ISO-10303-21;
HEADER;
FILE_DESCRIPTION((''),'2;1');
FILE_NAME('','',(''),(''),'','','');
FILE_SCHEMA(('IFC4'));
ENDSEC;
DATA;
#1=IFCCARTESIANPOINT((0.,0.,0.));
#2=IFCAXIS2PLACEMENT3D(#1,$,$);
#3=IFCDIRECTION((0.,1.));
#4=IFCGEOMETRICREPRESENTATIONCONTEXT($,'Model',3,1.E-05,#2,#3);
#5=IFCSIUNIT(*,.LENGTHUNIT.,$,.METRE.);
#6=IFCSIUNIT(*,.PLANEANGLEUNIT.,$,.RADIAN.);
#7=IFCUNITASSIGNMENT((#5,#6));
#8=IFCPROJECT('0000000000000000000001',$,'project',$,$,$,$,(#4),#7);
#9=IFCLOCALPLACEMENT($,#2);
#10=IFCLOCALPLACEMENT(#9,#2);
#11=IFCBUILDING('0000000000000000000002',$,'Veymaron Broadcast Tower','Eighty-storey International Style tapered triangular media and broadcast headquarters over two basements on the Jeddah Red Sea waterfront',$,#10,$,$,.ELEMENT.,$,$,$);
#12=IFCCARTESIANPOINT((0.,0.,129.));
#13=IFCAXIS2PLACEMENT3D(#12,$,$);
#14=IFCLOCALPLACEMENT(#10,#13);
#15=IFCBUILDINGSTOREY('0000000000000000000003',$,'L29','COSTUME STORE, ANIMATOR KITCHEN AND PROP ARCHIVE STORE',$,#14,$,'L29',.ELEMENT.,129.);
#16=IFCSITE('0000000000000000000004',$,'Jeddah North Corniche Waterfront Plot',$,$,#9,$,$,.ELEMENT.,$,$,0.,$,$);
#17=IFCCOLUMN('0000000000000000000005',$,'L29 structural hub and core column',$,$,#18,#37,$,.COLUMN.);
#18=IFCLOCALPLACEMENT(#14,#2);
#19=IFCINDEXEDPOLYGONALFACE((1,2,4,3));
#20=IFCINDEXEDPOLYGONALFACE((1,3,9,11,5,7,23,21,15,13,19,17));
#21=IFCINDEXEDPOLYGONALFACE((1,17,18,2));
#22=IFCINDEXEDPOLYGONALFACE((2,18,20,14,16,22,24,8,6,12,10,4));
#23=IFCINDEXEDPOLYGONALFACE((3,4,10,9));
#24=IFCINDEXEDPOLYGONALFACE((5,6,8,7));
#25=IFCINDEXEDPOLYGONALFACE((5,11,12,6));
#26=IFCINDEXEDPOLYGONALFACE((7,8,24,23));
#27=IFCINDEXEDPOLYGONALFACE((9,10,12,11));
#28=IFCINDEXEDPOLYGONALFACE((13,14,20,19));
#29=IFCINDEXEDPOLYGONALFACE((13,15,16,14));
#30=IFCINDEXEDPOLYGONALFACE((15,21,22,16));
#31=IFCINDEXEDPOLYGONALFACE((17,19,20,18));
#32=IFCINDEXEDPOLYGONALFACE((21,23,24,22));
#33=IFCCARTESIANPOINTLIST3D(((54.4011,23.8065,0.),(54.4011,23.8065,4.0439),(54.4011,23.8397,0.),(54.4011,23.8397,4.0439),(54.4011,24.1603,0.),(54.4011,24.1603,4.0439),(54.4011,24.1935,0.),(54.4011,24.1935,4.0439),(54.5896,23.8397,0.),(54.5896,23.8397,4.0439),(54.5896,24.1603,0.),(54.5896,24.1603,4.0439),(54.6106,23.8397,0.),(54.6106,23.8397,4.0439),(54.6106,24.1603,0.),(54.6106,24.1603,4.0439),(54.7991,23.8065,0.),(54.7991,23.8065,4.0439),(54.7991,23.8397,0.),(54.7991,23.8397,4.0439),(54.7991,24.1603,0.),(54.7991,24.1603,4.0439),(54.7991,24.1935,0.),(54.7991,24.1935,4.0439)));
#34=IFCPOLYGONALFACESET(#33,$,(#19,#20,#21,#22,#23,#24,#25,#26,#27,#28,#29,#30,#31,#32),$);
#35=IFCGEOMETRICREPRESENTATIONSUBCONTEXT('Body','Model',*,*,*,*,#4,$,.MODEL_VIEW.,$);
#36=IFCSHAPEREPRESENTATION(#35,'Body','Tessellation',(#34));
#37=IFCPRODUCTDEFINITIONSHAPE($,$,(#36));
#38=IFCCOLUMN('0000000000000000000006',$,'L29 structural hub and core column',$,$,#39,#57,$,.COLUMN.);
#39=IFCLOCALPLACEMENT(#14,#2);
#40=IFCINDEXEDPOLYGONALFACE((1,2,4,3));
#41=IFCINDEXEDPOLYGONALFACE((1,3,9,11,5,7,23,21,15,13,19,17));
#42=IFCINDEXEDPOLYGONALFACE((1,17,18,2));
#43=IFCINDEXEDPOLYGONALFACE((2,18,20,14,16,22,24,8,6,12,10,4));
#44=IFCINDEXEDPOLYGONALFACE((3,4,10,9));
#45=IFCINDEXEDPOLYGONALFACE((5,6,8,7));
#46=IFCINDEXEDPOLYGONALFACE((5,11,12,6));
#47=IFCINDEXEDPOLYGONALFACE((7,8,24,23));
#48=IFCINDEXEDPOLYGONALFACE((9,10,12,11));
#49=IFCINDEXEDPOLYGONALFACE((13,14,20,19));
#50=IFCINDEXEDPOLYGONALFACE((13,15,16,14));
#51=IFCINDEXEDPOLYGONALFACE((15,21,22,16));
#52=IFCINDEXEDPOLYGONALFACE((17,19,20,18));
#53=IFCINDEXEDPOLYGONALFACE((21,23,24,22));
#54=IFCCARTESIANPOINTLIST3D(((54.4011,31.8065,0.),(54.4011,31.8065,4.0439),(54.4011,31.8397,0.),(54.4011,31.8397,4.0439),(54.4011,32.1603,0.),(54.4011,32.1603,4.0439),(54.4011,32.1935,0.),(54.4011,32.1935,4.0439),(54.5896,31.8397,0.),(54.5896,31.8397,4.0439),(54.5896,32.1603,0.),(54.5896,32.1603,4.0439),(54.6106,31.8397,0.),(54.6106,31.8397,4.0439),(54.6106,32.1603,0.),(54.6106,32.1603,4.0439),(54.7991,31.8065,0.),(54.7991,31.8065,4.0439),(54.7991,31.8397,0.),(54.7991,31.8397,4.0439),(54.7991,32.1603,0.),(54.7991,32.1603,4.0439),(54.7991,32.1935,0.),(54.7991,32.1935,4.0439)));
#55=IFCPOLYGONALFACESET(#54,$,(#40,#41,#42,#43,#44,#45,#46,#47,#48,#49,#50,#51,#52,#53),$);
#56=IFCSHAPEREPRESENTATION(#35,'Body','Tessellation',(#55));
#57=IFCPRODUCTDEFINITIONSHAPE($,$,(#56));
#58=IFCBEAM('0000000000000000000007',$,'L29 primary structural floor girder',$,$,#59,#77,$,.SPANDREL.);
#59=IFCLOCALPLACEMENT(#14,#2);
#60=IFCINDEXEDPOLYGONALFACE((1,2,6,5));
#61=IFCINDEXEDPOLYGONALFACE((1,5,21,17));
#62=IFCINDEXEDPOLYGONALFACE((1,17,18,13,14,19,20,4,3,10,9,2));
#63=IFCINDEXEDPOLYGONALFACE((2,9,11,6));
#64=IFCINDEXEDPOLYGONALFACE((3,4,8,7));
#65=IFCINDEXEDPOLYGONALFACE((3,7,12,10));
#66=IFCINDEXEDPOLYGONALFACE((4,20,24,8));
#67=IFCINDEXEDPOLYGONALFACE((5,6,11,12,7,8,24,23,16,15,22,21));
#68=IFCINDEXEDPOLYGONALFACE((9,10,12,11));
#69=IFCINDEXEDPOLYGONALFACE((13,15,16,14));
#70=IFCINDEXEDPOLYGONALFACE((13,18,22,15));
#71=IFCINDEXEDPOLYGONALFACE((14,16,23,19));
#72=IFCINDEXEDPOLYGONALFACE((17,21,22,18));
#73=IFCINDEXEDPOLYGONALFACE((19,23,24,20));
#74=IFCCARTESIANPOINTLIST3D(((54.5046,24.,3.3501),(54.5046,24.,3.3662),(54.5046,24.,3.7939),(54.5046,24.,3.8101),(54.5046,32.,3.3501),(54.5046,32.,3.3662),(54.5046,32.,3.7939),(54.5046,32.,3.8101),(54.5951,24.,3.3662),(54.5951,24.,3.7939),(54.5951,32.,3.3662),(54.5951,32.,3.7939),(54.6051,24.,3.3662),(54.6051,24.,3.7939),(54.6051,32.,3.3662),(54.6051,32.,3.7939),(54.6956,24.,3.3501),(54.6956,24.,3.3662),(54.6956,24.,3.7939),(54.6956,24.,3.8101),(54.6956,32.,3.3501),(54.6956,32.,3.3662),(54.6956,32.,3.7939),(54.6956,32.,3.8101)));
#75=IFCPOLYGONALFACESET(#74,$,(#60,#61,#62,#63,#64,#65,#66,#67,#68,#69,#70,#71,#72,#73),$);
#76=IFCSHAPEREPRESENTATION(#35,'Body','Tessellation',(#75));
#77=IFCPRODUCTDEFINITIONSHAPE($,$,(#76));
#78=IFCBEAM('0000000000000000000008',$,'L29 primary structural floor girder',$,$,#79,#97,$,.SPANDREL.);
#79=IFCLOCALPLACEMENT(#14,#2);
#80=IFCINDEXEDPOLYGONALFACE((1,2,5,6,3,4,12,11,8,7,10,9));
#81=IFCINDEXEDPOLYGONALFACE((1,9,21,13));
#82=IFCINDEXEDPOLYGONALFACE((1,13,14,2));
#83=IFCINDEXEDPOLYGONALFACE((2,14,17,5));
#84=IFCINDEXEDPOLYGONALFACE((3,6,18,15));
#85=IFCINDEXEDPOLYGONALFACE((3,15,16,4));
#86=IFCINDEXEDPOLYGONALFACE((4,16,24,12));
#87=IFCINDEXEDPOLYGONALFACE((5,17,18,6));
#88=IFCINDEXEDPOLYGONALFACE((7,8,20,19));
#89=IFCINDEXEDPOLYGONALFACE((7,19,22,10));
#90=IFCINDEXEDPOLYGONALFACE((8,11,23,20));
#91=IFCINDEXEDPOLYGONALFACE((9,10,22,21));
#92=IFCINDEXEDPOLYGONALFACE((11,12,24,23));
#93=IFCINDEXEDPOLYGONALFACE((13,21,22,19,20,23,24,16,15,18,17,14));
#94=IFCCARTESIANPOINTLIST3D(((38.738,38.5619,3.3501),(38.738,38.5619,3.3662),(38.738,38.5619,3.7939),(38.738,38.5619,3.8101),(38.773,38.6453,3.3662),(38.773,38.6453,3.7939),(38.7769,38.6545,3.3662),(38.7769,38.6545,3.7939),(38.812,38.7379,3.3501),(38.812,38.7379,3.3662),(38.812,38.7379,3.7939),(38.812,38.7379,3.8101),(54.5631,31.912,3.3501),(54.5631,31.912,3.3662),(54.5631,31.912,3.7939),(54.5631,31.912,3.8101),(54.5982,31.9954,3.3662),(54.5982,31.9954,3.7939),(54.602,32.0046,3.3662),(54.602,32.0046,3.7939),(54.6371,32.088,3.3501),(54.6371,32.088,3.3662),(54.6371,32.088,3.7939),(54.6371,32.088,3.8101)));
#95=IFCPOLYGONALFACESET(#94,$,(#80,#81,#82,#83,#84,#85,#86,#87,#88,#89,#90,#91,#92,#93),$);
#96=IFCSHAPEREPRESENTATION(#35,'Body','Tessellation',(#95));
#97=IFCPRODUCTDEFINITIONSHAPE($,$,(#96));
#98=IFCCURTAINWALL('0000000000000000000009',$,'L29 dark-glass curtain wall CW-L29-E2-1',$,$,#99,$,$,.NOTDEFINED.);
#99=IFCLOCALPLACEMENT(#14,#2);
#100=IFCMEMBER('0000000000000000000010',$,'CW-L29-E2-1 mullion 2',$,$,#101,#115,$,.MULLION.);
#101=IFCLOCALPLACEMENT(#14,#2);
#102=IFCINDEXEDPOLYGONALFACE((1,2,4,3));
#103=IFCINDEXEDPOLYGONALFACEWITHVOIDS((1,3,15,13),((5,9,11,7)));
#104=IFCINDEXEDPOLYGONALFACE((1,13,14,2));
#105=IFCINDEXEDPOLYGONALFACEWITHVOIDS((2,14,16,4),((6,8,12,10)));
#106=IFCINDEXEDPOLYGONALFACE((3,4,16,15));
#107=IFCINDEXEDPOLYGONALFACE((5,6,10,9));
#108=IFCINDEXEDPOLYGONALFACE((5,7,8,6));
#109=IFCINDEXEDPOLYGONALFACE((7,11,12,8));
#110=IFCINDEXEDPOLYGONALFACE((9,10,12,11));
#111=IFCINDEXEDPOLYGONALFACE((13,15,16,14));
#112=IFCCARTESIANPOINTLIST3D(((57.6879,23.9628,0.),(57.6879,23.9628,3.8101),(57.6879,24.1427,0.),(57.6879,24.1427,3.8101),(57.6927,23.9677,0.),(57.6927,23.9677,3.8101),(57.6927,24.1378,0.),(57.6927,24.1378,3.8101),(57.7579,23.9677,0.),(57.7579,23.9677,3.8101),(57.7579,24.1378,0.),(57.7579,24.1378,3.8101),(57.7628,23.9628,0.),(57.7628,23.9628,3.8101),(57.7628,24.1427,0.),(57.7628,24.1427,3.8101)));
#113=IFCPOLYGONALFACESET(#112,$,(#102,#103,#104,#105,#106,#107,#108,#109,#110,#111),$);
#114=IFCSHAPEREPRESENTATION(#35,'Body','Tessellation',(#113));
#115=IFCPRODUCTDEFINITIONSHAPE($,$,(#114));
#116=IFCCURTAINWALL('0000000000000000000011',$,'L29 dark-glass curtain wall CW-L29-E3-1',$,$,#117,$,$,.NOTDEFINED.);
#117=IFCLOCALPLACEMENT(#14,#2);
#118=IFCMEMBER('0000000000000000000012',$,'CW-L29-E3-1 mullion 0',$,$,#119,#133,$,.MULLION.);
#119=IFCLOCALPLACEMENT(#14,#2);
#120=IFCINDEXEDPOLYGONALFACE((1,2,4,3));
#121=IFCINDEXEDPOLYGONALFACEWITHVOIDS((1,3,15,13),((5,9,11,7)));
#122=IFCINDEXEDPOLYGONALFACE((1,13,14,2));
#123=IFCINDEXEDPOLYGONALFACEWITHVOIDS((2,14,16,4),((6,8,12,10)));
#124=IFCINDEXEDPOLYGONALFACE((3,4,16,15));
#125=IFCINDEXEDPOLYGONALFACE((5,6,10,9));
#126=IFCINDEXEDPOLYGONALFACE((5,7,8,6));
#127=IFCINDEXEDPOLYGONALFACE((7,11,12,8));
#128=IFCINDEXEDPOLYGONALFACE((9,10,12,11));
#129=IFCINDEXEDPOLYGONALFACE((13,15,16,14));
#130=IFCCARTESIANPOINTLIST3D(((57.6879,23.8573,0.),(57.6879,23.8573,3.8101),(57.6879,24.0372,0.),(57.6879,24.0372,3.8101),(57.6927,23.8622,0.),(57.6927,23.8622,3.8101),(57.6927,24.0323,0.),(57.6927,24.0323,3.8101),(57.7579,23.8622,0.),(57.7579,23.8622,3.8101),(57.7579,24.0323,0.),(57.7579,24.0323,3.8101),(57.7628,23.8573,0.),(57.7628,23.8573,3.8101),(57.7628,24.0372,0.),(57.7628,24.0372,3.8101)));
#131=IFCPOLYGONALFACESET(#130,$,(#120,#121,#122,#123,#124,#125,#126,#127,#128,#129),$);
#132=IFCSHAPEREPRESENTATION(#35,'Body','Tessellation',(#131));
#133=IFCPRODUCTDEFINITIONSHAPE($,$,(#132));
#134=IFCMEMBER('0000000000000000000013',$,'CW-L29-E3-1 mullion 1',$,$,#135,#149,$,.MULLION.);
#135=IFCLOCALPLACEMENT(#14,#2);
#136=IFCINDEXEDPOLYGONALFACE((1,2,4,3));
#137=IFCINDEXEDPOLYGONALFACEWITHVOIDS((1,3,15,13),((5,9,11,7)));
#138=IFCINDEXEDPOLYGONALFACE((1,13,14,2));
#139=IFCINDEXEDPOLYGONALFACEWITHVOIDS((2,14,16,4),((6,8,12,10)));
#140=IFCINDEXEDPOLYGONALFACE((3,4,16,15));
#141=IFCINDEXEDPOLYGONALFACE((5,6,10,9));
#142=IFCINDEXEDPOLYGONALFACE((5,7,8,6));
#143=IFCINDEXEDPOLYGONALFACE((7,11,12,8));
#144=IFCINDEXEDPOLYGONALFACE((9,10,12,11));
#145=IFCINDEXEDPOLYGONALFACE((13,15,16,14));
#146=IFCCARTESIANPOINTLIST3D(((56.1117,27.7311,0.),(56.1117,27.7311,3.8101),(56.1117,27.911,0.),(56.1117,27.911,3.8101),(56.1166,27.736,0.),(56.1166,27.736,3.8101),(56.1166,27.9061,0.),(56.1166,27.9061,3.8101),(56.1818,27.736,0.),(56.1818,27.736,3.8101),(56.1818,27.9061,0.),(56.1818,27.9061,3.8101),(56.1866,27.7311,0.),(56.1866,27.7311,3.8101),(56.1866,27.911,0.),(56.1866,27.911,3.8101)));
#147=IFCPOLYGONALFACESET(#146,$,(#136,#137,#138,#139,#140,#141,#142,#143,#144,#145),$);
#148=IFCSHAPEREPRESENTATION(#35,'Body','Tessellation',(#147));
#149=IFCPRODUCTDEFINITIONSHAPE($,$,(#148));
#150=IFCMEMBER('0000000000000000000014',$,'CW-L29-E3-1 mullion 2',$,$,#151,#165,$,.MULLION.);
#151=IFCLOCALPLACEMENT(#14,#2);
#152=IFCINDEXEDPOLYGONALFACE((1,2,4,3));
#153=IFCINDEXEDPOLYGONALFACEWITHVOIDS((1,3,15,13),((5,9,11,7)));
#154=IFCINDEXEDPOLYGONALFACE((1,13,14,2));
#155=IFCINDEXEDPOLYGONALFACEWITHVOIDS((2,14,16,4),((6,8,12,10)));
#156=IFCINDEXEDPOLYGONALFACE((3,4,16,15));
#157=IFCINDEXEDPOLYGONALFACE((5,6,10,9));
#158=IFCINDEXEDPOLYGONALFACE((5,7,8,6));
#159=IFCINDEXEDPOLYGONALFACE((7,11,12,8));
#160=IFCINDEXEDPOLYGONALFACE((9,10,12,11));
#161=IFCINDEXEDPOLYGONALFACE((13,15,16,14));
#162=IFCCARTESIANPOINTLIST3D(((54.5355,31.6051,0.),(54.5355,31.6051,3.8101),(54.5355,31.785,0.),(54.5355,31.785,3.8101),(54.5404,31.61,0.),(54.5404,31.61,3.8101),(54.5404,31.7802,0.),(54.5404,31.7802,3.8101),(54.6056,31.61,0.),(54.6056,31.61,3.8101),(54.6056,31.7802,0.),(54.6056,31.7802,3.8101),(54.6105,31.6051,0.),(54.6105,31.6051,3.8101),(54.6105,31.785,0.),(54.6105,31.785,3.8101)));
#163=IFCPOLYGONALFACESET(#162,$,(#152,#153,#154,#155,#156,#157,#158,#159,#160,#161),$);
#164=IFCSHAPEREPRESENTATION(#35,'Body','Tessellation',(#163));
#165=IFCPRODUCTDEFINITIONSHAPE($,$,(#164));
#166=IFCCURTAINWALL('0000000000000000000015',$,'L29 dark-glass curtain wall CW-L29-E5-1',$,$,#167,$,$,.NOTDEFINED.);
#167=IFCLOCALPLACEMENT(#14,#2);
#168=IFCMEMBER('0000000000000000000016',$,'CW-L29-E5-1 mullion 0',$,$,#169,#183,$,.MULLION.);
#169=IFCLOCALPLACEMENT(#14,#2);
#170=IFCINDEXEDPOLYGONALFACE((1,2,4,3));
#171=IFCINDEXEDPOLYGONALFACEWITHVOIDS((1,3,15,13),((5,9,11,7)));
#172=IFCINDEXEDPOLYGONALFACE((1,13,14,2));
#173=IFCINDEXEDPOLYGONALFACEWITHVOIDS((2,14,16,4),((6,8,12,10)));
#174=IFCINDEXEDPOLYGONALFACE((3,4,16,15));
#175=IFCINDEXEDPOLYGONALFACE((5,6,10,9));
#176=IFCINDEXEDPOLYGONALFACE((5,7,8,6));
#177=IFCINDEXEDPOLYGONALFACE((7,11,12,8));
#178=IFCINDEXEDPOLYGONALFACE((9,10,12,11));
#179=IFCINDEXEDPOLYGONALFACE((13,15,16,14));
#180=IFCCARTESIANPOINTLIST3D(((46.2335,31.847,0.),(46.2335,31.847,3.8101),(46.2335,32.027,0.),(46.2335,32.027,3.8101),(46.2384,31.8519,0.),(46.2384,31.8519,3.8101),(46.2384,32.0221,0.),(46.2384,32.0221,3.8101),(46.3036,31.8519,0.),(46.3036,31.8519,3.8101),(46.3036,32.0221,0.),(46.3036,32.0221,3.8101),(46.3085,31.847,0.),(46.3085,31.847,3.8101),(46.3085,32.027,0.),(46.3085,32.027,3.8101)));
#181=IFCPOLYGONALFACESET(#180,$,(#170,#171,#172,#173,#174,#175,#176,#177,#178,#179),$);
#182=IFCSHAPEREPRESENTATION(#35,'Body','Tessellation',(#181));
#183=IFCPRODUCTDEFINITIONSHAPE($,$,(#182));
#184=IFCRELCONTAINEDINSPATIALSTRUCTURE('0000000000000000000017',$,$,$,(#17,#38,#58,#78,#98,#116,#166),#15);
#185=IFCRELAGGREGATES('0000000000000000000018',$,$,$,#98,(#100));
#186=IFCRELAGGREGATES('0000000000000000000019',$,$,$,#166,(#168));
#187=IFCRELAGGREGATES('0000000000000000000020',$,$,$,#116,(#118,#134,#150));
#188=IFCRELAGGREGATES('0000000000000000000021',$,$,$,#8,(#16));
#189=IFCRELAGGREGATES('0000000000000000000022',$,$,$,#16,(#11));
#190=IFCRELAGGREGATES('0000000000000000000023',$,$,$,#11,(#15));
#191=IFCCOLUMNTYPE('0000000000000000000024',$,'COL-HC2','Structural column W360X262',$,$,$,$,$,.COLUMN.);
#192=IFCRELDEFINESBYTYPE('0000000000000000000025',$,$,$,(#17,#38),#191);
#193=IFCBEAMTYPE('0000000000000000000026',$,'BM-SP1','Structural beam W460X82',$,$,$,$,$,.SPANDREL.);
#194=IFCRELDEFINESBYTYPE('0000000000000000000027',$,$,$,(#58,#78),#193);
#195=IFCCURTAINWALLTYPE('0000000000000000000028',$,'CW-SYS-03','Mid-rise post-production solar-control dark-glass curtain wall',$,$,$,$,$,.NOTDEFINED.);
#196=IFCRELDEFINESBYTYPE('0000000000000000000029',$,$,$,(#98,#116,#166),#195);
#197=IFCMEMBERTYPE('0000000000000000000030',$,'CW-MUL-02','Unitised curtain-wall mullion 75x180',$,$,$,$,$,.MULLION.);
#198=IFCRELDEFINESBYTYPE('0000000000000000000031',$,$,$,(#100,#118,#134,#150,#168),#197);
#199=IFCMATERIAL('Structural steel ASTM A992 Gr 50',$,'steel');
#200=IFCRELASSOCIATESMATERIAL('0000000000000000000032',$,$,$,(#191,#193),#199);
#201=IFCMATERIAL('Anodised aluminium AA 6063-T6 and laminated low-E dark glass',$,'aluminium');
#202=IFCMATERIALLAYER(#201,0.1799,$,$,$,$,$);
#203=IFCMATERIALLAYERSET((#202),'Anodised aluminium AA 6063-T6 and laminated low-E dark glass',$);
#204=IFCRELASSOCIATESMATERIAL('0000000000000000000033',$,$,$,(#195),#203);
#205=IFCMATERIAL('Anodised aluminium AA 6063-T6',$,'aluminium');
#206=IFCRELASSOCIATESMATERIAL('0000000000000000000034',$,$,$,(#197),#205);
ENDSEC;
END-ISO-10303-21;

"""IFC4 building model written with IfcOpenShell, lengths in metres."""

from ifc_helpers import new_model, si_unit, direction, frame, origin, origin_2d, place, context, subcontext, project, spatial, hollow_rectangle, i_section, extrude, material, layer, layer_set, material_profile, profile_set, type_object, element, aggregate, save


model = new_model("IFC4")

# Units and contexts
model_context = context("Model", 3, precision=1e-05, world=origin(), true_north=direction((0.0, 1.0)))
body_context = subcontext(model_context, "Body", "Model", "MODEL_VIEW")
ifc_project = project(units=[si_unit("LENGTHUNIT", "METRE"), si_unit("PLANEANGLEUNIT", "RADIAN")], contexts=[model_context])

# Site, building, storey
site_placement = place(None, origin())
site = spatial("IfcSite", under=ifc_project, at=site_placement, Name="Jeddah North Corniche Waterfront Plot", CompositionType="ELEMENT", RefElevation=0.0)
building_placement = place(site_placement, origin())
building = spatial("IfcBuilding", under=site, at=building_placement, Name="Veymaron Broadcast Tower", Description="Eighty-storey International Style tapered triangular media and broadcast headquarters over two basements on the Jeddah Red Sea waterfront", CompositionType="ELEMENT")
storey_placement = place(building_placement, frame((0.0, 0.0, 129.0)))
storey = spatial("IfcBuildingStorey", under=building, at=storey_placement, Name="L29", Description="COSTUME STORE, ANIMATOR KITCHEN AND PROP ARCHIVE STORE", LongName="L29", CompositionType="ELEMENT", Elevation=129.0)

# Columns
ifc_material_1 = material(Name="Structural steel ASTM A992 Gr 50", Category="steel")
ifc_material_profile_1 = material_profile(ifc_material_1, i_section(OverallWidth=0.3979, OverallDepth=0.387, WebThickness=0.021, FlangeThickness=0.0332, at=origin_2d()), Name="W360X262")
ifc_profile_set_1 = profile_set([ifc_material_profile_1], Name="Structural steel ASTM A992 Gr 50")
column_type = type_object("IfcColumnType", Name="COL-HC2", Description="Structural column W360X262", PredefinedType="COLUMN", material=ifc_profile_set_1)
for number, where, z_axis, x_axis, name in (
    (1, (54.6001, 24.0, 0.0), (0.0, 0.0, 1.0), (1.0, 0.0, 0.0), "L29 structural hub and core column"),
    (2, (54.6001, 32.0, 0.0), (0.0, 0.0, 1.0), (1.0, 0.0, 0.0), "L29 structural hub and core column"),
):
    element("IfcColumn", number, at=place(storey_placement, frame(where, z_axis=z_axis, x_axis=x_axis)), inside=storey, type_object=column_type, Name=name, PredefinedType="COLUMN", context=body_context, shape_type="SweptSolid", body=[
        extrude(i_section(OverallWidth=0.3979, OverallDepth=0.387, WebThickness=0.021, FlangeThickness=0.0332, at=origin_2d()), origin(), (0.0, 0.0, 1.0), 4.0439),
    ])

# Beams
ifc_material_profile_2 = material_profile(ifc_material_1, i_section(OverallWidth=0.1909, OverallDepth=0.46, WebThickness=0.01, FlangeThickness=0.0161, at=origin_2d()), Name="W460X82")
ifc_profile_set_2 = profile_set([ifc_material_profile_2], Name="Structural steel ASTM A992 Gr 50")
beam_type = type_object("IfcBeamType", Name="BM-SP1", Description="Structural beam W460X82", PredefinedType="SPANDREL", material=ifc_profile_set_2)
beam_1_placement = place(storey_placement, frame((54.6001, 24.0, 3.5801), z_axis=(0.0, 1.0, 0.0), x_axis=(-1.0, 0.0, 0.0)))
element("IfcBeam", 3, at=beam_1_placement, inside=storey, type_object=beam_type, Name="L29 primary structural floor girder", PredefinedType="SPANDREL", context=body_context, shape_type="SweptSolid", body=[
    extrude(i_section(OverallWidth=0.1909, OverallDepth=0.46, WebThickness=0.01, FlangeThickness=0.0161, at=origin_2d()), origin(), (0.0, 0.0, 1.0), 8.0),
])
beam_2_placement = place(storey_placement, frame((54.6001, 32.0, 3.5801), z_axis=(-0.921913, 0.387397, 0.0), x_axis=(-0.387397, -0.921913, 0.0)))
element("IfcBeam", 4, at=beam_2_placement, inside=storey, type_object=beam_type, Name="L29 primary structural floor girder", PredefinedType="SPANDREL", context=body_context, shape_type="SweptSolid", body=[
    extrude(i_section(OverallWidth=0.1909, OverallDepth=0.46, WebThickness=0.01, FlangeThickness=0.0161, at=origin_2d()), origin(), (0.0, 0.0, 1.0), 17.1655),
])

# Curtain wall, member
ifc_material_2 = material(Name="Anodised aluminium AA 6063-T6 and laminated low-E dark glass", Category="aluminium")
ifc_layer_1 = layer(ifc_material_2, 0.1799)
ifc_layer_set_1 = layer_set([ifc_layer_1], Name="Anodised aluminium AA 6063-T6 and laminated low-E dark glass")
curtain_wall_type = type_object("IfcCurtainWallType", Name="CW-SYS-03", Description="Mid-rise post-production solar-control dark-glass curtain wall", PredefinedType="NOTDEFINED", material=ifc_layer_set_1)
curtain_wall_1_placement = place(storey_placement, origin())
curtain_wall_1 = element("IfcCurtainWall", 5, at=curtain_wall_1_placement, inside=storey, type_object=curtain_wall_type, Name="L29 dark-glass curtain wall CW-L29-E2-1", PredefinedType="NOTDEFINED")
ifc_material_3 = material(Name="Anodised aluminium AA 6063-T6", Category="aluminium")
ifc_material_profile_3 = material_profile(ifc_material_3, hollow_rectangle(XDim=0.075, YDim=0.1799, WallThickness=0.0049, at=origin_2d()), Name="AL180X75X5")
ifc_profile_set_3 = profile_set([ifc_material_profile_3], Name="Anodised aluminium AA 6063-T6")
member_type_1 = type_object("IfcMemberType", Name="CW-MUL-02", Description="Unitised curtain-wall mullion 75x180", PredefinedType="MULLION", material=ifc_profile_set_3)
member_1_placement = place(storey_placement, frame((57.7253, 24.0527, 0.0), z_axis=(0.0, 0.0, 1.0), x_axis=(1.0, 0.0, 0.0)))
member_1 = element("IfcMember", 6, at=member_1_placement, type_object=member_type_1, Name="CW-L29-E2-1 mullion 2", PredefinedType="MULLION", context=body_context, shape_type="SweptSolid", body=[
    extrude(hollow_rectangle(XDim=0.075, YDim=0.1799, WallThickness=0.0049, at=origin_2d()), origin(), (0.0, 0.0, 1.0), 3.8101),
])
aggregate(curtain_wall_1, [member_1])

# Curtain wall, members
curtain_wall_2_placement = place(storey_placement, origin())
curtain_wall_2 = element("IfcCurtainWall", 7, at=curtain_wall_2_placement, inside=storey, type_object=curtain_wall_type, Name="L29 dark-glass curtain wall CW-L29-E3-1", PredefinedType="NOTDEFINED")
member_2_placement = place(storey_placement, frame((57.7253, 23.9473, 0.0), z_axis=(0.0, 0.0, 1.0), x_axis=(1.0, 0.0, 0.0)))
member_2 = element("IfcMember", 8, at=member_2_placement, type_object=member_type_1, Name="CW-L29-E3-1 mullion 0", PredefinedType="MULLION", context=body_context, shape_type="SweptSolid", body=[
    extrude(hollow_rectangle(XDim=0.075, YDim=0.1799, WallThickness=0.0049, at=origin_2d()), origin(), (0.0, 0.0, 1.0), 3.8101),
])
member_3_placement = place(storey_placement, frame((56.1492, 27.821, 0.0), z_axis=(0.0, 0.0, 1.0), x_axis=(1.0, 0.0, 0.0)))
member_3 = element("IfcMember", 9, at=member_3_placement, type_object=member_type_1, Name="CW-L29-E3-1 mullion 1", PredefinedType="MULLION", context=body_context, shape_type="SweptSolid", body=[
    extrude(hollow_rectangle(XDim=0.075, YDim=0.1799, WallThickness=0.0049, at=origin_2d()), origin(), (0.0, 0.0, 1.0), 3.8101),
])
member_4_placement = place(storey_placement, frame((54.573, 31.6951, 0.0), z_axis=(0.0, 0.0, 1.0), x_axis=(1.0, 0.0, 0.0)))
member_4 = element("IfcMember", 10, at=member_4_placement, type_object=member_type_1, Name="CW-L29-E3-1 mullion 2", PredefinedType="MULLION", context=body_context, shape_type="SweptSolid", body=[
    extrude(hollow_rectangle(XDim=0.075, YDim=0.1799, WallThickness=0.0049, at=origin_2d()), origin(), (0.0, 0.0, 1.0), 3.8101),
])

# Curtain wall, member
curtain_wall_3_placement = place(storey_placement, origin())
curtain_wall_3 = element("IfcCurtainWall", 11, at=curtain_wall_3_placement, inside=storey, type_object=curtain_wall_type, Name="L29 dark-glass curtain wall CW-L29-E5-1", PredefinedType="NOTDEFINED")
member_5_placement = place(storey_placement, frame((46.271, 31.937, 0.0), z_axis=(0.0, 0.0, 1.0), x_axis=(1.0, 0.0, 0.0)))
member_5 = element("IfcMember", 12, at=member_5_placement, type_object=member_type_1, Name="CW-L29-E5-1 mullion 0", PredefinedType="MULLION", context=body_context, shape_type="SweptSolid", body=[
    extrude(hollow_rectangle(XDim=0.075, YDim=0.1799, WallThickness=0.0049, at=origin_2d()), origin(), (0.0, 0.0, 1.0), 3.8101),
])

aggregate(curtain_wall_3, [member_5])

aggregate(curtain_wall_2, [member_2, member_3, member_4])

save(model, "model.ifc")
